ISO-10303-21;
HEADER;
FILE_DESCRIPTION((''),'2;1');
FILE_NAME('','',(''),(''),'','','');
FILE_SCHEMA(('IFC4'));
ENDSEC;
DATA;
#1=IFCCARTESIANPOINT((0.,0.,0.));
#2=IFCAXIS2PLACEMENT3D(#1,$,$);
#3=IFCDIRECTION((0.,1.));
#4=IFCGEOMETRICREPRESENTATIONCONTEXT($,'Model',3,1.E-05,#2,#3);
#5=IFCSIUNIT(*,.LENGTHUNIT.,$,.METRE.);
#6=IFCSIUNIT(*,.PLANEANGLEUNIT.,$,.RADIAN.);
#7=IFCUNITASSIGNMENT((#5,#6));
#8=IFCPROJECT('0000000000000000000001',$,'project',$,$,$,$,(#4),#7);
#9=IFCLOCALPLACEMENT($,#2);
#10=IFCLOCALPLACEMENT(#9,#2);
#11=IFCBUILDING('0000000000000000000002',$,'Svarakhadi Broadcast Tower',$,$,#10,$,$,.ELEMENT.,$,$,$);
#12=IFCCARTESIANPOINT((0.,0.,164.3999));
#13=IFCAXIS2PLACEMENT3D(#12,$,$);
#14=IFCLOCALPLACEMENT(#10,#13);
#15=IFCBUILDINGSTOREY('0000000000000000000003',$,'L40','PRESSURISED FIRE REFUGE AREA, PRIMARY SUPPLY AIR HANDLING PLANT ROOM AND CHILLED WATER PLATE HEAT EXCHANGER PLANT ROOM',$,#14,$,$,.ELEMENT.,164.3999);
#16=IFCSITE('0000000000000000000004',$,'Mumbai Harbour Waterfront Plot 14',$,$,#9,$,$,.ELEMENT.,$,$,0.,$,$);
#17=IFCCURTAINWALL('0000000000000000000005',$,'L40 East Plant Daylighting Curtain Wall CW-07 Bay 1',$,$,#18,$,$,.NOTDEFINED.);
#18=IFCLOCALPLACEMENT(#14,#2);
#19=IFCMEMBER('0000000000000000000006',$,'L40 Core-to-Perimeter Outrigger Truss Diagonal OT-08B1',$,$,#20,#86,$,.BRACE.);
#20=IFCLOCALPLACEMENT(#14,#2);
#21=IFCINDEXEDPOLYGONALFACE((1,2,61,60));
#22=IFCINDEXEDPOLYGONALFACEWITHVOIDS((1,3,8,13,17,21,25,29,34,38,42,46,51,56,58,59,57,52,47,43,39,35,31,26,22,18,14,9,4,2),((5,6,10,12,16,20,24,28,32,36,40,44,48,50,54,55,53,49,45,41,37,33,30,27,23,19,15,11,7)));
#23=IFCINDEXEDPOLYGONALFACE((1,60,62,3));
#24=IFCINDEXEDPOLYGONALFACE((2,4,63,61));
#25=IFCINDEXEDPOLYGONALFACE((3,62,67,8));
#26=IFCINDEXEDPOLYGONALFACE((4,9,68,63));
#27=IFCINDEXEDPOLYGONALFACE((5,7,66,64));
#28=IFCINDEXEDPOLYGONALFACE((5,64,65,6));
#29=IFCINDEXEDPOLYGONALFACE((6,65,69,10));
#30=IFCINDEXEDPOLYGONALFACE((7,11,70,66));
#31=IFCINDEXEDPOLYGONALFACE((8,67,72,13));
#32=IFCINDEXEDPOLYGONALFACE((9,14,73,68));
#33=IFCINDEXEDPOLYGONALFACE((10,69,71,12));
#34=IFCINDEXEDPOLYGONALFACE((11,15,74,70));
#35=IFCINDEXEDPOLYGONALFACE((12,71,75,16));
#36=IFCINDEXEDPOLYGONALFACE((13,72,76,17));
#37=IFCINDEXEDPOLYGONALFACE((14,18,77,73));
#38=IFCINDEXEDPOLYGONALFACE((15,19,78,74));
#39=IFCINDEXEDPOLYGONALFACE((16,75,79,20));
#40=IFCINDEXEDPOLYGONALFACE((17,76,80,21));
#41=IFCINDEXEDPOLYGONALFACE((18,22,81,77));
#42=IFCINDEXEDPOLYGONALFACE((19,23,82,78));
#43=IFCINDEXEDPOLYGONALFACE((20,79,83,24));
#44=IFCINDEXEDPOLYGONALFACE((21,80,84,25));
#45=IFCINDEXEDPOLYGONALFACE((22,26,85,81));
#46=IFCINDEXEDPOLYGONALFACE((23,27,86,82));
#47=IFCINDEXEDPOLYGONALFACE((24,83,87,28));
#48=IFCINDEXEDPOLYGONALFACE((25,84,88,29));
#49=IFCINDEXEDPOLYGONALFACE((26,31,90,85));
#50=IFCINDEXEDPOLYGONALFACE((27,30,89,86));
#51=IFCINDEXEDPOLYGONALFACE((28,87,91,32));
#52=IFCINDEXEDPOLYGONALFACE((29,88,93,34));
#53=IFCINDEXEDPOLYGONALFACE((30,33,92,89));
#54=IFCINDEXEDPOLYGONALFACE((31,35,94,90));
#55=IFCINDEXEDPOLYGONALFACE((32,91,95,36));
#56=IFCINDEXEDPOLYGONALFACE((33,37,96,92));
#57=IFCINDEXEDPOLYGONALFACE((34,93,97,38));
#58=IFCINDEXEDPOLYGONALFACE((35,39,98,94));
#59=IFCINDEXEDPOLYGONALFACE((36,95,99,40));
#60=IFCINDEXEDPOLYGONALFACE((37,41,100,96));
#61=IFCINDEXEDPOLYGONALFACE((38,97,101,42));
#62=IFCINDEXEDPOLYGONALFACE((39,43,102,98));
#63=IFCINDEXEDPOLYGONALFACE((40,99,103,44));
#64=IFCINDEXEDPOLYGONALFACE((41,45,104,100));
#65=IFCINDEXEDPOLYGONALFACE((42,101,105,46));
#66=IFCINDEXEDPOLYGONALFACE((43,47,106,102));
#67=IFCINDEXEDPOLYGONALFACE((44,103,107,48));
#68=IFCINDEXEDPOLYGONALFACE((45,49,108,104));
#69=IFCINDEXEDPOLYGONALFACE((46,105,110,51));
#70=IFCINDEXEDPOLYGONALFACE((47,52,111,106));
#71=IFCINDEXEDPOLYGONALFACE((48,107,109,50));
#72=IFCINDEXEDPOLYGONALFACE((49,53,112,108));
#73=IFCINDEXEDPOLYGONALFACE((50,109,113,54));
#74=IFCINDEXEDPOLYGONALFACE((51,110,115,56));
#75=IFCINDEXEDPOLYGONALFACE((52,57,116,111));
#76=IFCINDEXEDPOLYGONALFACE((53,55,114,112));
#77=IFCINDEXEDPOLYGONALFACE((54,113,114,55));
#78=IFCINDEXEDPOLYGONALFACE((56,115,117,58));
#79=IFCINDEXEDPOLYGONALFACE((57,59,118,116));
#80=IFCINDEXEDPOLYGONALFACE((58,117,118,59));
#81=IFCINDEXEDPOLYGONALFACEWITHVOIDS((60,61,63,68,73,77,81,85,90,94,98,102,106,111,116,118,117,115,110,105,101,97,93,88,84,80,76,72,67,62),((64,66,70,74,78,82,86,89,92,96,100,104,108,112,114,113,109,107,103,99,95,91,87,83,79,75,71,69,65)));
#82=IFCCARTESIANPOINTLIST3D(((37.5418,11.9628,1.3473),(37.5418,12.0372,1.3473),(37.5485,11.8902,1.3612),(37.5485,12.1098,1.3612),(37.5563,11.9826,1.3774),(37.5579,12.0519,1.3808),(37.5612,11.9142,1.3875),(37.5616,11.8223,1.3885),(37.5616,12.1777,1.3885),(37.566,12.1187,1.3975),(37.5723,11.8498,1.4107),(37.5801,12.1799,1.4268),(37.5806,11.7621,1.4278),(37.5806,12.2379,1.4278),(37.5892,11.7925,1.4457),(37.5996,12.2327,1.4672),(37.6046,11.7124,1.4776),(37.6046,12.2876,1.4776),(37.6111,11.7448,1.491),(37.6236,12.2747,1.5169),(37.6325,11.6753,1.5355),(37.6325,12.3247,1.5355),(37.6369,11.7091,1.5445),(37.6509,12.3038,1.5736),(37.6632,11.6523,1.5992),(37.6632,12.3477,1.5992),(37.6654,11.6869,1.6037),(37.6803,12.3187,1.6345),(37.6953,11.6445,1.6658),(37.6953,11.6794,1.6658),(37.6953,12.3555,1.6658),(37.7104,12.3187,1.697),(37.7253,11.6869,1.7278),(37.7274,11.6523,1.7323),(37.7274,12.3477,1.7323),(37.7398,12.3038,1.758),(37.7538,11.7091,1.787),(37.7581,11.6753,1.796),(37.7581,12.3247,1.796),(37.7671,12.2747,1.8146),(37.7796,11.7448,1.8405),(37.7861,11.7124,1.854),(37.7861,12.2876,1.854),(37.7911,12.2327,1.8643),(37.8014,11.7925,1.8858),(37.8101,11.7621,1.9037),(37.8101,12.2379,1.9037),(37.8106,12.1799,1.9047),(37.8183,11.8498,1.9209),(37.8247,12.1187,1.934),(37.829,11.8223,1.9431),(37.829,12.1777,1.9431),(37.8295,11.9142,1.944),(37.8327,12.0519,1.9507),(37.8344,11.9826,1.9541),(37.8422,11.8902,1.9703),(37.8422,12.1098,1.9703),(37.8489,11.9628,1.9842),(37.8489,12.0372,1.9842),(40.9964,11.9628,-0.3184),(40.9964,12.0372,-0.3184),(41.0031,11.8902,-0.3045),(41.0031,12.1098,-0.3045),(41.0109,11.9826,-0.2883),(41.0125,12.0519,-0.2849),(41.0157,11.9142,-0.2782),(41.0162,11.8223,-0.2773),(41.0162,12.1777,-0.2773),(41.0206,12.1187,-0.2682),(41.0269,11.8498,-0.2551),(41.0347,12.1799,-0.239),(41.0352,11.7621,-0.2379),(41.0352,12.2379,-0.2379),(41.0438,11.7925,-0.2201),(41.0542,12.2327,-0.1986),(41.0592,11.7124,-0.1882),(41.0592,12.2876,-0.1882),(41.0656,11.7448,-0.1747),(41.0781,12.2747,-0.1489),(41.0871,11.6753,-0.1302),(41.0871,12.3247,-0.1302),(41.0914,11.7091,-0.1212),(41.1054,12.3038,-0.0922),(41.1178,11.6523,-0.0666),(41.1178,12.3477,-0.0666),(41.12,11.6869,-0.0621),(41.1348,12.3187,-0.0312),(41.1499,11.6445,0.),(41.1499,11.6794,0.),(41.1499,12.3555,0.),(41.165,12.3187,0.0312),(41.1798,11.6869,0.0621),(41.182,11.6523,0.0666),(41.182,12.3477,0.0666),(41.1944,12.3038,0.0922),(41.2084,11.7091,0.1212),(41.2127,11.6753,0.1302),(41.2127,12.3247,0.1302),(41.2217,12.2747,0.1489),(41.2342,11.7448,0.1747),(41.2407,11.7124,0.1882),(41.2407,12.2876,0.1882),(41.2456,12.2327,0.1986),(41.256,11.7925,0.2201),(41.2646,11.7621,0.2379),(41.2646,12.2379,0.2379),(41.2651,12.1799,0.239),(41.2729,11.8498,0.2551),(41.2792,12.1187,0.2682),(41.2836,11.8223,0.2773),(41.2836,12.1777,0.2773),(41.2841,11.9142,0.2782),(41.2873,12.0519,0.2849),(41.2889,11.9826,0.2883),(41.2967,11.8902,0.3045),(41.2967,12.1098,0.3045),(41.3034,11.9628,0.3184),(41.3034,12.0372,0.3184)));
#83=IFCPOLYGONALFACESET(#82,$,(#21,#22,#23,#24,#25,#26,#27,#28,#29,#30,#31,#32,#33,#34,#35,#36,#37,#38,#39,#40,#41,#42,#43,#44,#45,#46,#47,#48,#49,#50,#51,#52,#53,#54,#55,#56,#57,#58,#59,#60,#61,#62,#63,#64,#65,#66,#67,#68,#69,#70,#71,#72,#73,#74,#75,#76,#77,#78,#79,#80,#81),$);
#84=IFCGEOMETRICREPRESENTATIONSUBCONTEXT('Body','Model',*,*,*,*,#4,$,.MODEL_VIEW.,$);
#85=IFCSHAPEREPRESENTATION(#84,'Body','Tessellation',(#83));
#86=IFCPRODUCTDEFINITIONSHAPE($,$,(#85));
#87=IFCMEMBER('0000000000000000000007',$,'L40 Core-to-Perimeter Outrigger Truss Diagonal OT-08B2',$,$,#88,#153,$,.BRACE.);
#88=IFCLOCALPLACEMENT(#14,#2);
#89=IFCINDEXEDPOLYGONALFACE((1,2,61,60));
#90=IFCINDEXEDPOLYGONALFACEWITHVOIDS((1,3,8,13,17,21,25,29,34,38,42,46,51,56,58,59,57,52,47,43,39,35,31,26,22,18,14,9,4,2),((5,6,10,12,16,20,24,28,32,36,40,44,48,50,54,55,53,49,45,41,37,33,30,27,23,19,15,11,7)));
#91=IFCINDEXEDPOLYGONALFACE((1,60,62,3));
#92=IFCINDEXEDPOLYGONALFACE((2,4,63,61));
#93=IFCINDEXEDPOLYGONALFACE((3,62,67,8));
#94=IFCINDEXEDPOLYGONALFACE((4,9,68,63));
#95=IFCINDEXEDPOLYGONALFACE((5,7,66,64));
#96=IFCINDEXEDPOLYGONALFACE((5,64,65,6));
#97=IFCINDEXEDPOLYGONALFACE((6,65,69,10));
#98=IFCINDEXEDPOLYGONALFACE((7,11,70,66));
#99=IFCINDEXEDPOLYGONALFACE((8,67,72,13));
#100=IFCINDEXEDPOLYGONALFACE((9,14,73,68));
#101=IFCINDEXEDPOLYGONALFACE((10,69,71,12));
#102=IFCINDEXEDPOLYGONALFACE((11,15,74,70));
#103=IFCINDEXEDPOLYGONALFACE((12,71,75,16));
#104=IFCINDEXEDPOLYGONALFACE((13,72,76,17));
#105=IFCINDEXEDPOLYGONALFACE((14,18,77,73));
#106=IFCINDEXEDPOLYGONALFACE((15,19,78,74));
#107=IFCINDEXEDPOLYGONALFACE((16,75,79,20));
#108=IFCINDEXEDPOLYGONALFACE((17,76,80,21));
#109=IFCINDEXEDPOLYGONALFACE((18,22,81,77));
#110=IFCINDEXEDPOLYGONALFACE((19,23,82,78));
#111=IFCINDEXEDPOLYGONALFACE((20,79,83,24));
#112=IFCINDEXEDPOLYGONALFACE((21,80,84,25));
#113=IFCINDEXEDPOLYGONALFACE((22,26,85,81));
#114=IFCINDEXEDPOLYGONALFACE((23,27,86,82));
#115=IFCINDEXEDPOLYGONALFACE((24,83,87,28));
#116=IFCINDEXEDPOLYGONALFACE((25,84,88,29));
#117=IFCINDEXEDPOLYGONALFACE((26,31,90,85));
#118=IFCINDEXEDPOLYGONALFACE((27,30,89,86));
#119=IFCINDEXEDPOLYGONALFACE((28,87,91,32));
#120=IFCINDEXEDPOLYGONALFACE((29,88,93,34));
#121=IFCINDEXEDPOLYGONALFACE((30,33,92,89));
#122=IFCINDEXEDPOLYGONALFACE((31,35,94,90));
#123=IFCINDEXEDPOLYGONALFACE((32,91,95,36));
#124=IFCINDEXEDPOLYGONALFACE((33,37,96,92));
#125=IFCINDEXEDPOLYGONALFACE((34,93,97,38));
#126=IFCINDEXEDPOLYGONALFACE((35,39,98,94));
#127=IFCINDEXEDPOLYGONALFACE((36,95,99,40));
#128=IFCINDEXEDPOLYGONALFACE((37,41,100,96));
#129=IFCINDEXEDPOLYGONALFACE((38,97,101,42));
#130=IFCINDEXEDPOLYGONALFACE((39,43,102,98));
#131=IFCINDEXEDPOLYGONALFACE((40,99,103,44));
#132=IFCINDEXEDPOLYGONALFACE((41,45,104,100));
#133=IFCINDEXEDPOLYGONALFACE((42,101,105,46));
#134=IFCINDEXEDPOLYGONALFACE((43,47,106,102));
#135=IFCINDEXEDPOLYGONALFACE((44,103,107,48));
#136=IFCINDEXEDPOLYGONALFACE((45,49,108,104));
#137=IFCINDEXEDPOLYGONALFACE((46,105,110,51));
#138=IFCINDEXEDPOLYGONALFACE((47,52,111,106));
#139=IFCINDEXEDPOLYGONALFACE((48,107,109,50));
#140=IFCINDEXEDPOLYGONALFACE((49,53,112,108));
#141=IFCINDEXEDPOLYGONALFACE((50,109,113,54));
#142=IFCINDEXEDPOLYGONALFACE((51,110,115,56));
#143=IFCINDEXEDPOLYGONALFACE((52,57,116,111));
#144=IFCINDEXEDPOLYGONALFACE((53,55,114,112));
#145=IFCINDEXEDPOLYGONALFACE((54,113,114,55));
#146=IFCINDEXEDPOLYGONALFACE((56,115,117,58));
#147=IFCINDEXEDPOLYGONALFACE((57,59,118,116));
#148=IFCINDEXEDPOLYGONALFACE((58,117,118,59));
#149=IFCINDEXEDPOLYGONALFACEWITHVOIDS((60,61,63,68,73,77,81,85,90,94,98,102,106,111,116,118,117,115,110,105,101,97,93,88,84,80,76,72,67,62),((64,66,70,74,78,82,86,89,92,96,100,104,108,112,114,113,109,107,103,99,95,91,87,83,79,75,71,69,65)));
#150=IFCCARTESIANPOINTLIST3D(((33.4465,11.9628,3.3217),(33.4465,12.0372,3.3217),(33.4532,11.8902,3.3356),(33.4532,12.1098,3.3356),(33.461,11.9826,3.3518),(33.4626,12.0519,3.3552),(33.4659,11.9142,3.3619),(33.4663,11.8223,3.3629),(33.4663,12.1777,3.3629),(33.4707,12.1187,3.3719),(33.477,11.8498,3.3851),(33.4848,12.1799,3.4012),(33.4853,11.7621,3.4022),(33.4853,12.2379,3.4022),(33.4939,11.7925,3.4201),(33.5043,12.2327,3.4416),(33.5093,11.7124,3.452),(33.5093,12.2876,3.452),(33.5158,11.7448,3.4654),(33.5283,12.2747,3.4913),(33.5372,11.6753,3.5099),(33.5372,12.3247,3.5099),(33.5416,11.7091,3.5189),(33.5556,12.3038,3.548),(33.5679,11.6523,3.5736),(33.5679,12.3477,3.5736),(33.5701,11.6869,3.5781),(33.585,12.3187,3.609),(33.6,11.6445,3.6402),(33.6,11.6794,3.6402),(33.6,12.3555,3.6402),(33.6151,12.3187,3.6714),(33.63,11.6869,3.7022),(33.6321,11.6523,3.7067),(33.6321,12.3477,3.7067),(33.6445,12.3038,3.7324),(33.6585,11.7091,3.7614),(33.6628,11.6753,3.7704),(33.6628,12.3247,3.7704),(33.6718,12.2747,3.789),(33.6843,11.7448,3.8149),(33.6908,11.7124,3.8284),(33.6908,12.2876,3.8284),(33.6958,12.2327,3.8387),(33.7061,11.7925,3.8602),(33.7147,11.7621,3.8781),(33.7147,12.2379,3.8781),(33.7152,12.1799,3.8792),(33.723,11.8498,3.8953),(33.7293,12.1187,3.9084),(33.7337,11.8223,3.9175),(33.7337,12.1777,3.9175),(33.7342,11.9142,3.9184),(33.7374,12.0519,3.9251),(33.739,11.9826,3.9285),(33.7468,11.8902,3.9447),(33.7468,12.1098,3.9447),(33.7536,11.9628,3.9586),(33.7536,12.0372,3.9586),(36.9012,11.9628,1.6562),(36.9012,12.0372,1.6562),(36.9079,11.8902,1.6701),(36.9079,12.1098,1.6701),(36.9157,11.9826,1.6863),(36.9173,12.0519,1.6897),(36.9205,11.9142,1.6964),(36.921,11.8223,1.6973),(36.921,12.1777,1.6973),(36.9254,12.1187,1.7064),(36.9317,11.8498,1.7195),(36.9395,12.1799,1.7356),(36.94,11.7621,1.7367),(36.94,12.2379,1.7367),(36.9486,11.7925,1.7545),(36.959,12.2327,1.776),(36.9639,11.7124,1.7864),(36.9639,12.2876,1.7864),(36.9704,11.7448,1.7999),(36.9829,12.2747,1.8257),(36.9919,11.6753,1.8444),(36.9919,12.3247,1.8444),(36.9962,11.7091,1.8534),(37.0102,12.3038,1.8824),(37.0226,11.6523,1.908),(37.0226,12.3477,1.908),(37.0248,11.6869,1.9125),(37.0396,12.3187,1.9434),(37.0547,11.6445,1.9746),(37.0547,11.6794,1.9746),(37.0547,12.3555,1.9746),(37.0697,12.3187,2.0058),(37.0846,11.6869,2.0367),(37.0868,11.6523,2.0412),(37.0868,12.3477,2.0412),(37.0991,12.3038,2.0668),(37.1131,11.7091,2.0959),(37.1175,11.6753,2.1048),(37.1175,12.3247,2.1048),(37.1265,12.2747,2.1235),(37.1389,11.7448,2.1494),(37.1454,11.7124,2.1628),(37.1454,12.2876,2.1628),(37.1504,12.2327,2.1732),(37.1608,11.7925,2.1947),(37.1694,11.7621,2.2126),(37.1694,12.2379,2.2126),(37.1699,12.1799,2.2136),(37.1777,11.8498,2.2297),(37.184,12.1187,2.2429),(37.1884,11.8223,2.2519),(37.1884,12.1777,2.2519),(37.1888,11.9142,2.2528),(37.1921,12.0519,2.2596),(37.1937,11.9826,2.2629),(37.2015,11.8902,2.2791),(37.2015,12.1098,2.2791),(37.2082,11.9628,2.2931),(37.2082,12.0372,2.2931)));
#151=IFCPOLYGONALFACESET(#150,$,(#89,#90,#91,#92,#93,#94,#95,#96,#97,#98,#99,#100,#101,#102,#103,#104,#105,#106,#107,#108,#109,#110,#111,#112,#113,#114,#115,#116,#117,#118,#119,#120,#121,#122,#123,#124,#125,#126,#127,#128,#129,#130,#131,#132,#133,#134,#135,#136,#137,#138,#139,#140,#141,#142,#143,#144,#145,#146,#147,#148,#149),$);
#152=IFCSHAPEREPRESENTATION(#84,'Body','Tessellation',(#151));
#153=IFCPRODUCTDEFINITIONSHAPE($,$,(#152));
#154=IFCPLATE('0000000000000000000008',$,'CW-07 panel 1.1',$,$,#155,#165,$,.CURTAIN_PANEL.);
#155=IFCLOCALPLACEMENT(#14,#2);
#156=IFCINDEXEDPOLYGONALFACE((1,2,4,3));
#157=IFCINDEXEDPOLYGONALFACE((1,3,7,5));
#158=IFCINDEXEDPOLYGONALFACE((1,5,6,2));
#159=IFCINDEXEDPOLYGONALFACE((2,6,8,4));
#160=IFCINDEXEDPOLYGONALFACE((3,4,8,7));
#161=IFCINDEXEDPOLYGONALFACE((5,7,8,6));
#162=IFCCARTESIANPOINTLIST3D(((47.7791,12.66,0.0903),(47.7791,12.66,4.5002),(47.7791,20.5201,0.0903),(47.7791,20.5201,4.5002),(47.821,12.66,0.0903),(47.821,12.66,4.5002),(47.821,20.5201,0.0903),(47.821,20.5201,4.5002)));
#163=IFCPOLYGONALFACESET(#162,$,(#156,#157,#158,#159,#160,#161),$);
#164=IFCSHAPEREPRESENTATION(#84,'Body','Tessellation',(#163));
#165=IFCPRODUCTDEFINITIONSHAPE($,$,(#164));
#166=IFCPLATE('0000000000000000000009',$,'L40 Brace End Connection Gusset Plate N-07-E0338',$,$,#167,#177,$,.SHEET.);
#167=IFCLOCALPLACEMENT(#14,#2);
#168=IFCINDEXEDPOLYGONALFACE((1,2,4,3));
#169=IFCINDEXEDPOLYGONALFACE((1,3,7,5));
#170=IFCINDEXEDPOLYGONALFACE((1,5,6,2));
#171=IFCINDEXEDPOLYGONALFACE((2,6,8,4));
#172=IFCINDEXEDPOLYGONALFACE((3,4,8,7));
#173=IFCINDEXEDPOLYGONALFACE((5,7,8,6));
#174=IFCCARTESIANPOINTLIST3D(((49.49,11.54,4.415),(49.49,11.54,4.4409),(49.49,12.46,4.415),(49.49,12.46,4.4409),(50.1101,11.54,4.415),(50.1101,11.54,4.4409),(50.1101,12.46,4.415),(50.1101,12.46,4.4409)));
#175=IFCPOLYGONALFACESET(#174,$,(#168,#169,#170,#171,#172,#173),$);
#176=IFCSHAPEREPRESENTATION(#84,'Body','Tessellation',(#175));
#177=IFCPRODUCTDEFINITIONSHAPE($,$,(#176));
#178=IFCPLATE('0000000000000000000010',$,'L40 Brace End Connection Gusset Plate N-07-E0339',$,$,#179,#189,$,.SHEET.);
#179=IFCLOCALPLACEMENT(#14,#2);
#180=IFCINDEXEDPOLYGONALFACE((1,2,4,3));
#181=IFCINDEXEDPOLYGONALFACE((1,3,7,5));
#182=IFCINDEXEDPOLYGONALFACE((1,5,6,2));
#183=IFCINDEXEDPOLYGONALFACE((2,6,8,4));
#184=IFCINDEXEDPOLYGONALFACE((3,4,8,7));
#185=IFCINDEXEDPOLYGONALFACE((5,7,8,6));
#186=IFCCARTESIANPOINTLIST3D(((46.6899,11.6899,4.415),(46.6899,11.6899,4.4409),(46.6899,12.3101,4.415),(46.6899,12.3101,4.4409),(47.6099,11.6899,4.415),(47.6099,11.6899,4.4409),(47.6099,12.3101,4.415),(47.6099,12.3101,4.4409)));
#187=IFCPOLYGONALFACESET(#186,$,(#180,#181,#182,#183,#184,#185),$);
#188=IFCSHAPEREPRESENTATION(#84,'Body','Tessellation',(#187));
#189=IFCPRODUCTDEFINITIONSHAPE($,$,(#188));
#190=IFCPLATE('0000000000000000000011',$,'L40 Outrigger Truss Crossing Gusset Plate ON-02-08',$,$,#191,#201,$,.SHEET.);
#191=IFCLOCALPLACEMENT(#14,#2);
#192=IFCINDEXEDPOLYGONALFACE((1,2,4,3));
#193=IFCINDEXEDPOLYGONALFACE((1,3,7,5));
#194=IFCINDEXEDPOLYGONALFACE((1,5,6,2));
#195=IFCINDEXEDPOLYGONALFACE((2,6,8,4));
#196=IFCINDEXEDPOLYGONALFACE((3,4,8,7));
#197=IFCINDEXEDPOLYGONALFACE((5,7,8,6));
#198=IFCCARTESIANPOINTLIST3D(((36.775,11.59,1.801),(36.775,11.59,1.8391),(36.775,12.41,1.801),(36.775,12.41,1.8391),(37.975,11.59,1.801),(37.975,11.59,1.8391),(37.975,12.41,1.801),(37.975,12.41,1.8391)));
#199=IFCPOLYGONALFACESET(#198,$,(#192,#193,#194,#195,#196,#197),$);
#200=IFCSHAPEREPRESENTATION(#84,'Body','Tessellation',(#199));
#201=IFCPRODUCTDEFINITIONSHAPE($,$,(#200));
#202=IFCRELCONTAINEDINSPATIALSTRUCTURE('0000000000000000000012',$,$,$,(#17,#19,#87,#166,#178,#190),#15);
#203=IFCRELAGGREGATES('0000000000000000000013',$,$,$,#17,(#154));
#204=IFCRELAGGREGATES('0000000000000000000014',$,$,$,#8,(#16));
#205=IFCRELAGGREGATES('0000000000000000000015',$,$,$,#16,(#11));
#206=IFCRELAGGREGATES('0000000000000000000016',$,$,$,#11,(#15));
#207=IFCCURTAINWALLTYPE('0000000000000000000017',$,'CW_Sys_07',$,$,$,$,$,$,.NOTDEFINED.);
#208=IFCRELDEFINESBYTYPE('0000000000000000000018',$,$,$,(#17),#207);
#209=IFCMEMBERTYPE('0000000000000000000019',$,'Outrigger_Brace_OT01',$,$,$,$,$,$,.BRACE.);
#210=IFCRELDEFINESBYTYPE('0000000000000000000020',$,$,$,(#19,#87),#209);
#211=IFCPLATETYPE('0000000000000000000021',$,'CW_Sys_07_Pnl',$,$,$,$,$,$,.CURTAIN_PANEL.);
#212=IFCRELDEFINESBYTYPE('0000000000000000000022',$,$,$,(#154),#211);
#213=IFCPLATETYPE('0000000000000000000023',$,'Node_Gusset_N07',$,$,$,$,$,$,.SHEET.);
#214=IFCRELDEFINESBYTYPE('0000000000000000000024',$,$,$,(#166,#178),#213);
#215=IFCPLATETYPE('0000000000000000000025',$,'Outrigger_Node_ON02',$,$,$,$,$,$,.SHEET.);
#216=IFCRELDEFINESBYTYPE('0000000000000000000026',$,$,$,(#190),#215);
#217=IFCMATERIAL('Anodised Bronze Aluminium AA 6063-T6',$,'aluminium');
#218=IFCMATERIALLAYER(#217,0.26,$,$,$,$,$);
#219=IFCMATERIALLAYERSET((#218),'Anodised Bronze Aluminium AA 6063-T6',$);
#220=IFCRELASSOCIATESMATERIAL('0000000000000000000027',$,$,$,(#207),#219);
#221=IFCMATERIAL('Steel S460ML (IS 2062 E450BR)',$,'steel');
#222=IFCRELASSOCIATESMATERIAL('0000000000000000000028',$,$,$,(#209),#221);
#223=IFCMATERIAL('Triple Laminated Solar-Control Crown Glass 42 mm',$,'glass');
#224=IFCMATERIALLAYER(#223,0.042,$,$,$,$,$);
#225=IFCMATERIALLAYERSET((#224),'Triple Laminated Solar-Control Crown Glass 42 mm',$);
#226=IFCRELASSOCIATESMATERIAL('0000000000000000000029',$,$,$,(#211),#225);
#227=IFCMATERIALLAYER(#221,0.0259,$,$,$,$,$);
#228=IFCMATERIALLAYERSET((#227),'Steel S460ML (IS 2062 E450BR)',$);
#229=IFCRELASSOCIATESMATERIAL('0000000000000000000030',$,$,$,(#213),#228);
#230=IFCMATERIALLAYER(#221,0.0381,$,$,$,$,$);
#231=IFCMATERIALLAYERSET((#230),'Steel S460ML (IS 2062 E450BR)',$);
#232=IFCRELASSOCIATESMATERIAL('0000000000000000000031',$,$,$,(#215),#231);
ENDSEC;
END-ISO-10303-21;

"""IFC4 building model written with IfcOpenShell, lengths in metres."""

from ifc_helpers import new_model, si_unit, direction, frame, origin, origin_2d, place, context, subcontext, project, spatial, rectangle, hollow_circle, extrude, material, layer, layer_set, material_profile, profile_set, type_object, element, aggregate, save


model = new_model("IFC4")

# Units and contexts
model_context = context("Model", 3, precision=1e-05, world=origin(), true_north=direction((0.0, 1.0)))
body_context = subcontext(model_context, "Body", "Model", "MODEL_VIEW")
ifc_project = project(units=[si_unit("LENGTHUNIT", "METRE"), si_unit("PLANEANGLEUNIT", "RADIAN")], contexts=[model_context])

# Site, building, storey
site_placement = place(None, origin())
site = spatial("IfcSite", under=ifc_project, at=site_placement, Name="Mumbai Harbour Waterfront Plot 14", CompositionType="ELEMENT", RefElevation=0.0)
building_placement = place(site_placement, origin())
building = spatial("IfcBuilding", under=site, at=building_placement, Name="Svarakhadi Broadcast Tower", CompositionType="ELEMENT")
storey_placement = place(building_placement, frame((0.0, 0.0, 164.3999)))
storey = spatial("IfcBuildingStorey", under=building, at=storey_placement, Name="L40", Description="PRESSURISED FIRE REFUGE AREA, PRIMARY SUPPLY AIR HANDLING PLANT ROOM AND CHILLED WATER PLATE HEAT EXCHANGER PLANT ROOM", CompositionType="ELEMENT", Elevation=164.3999)

# Shared definitions
ifc_material_1 = material(Name="Steel S460ML (IS 2062 E450BR)", Category="steel")

# Curtain wall
ifc_material_2 = material(Name="Anodised Bronze Aluminium AA 6063-T6", Category="aluminium")
ifc_layer_1 = layer(ifc_material_2, 0.26)
ifc_layer_set_1 = layer_set([ifc_layer_1], Name="Anodised Bronze Aluminium AA 6063-T6")
curtain_wall_type = type_object("IfcCurtainWallType", Name="CW_Sys_07", PredefinedType="NOTDEFINED", material=ifc_layer_set_1)
curtain_wall_1_placement = place(storey_placement, origin())
curtain_wall_1 = element("IfcCurtainWall", 1, at=curtain_wall_1_placement, inside=storey, type_object=curtain_wall_type, Name="L40 East Plant Daylighting Curtain Wall CW-07 Bay 1", PredefinedType="NOTDEFINED")

# Members
ifc_material_profile_1 = material_profile(ifc_material_1, hollow_circle(Radius=0.3555, WallThickness=0.0349, at=origin_2d()), Name="CHS 711x35")
ifc_profile_set_1 = profile_set([ifc_material_profile_1], Name="Steel S460ML (IS 2062 E450BR)")
member_type_1 = type_object("IfcMemberType", Name="Outrigger_Brace_OT01", PredefinedType="BRACE", material=ifc_profile_set_1)
for number, where, z_axis, x_axis, name in (
    (2, (41.1499, 12.0, 0.0), (-0.900752, 0.0, 0.434334), (0.0, -1.0, 0.0), "L40 Core-to-Perimeter Outrigger Truss Diagonal OT-08B1"),
    (3, (37.0547, 12.0, 1.9746), (-0.900777, 0.0, 0.434283), (0.0, -1.0, 0.0), "L40 Core-to-Perimeter Outrigger Truss Diagonal OT-08B2"),
):
    element("IfcMember", number, at=place(storey_placement, frame(where, z_axis=z_axis, x_axis=x_axis)), inside=storey, type_object=member_type_1, Name=name, PredefinedType="BRACE", context=body_context, shape_type="SweptSolid", body=[
        extrude(hollow_circle(Radius=0.3555, WallThickness=0.0349, at=origin_2d()), origin(), (0.0, 0.0, 1.0), 3.8352),
    ])

# Plate
ifc_material_3 = material(Name="Triple Laminated Solar-Control Crown Glass 42 mm", Category="glass")
ifc_layer_2 = layer(ifc_material_3, 0.042)
ifc_layer_set_2 = layer_set([ifc_layer_2], Name="Triple Laminated Solar-Control Crown Glass 42 mm")
plate_type_1 = type_object("IfcPlateType", Name="CW_Sys_07_Pnl", PredefinedType="CURTAIN_PANEL", material=ifc_layer_set_2)
plate_placement = place(storey_placement, frame((47.8, 16.5901, 0.0903), z_axis=(0.0, 0.0, 1.0), x_axis=(0.0, -1.0, 0.0)))
plate = element("IfcPlate", 4, at=plate_placement, type_object=plate_type_1, Name="CW-07 panel 1.1", PredefinedType="CURTAIN_PANEL", context=body_context, shape_type="SweptSolid", body=[
    extrude(rectangle(XDim=7.8601, YDim=0.042, at=origin_2d()), origin(), (0.0, 0.0, 1.0), 4.4099),
])
aggregate(curtain_wall_1, [plate])

# Plates
ifc_layer_3 = layer(ifc_material_1, 0.0259)
ifc_layer_set_3 = layer_set([ifc_layer_3], Name="Steel S460ML (IS 2062 E450BR)")
plate_type_2 = type_object("IfcPlateType", Name="Node_Gusset_N07", PredefinedType="SHEET", material=ifc_layer_set_3)
for number, where, z_axis, x_axis, name in (
    (5, (49.8, 12.0, 4.415), (0.0, 0.0, 1.0), (0.0, 1.0, 0.0), "L40 Brace End Connection Gusset Plate N-07-E0338"),
    (6, (47.1499, 12.0, 4.415), (0.0, 0.0, 1.0), (1.0, 0.0, 0.0), "L40 Brace End Connection Gusset Plate N-07-E0339"),
):
    element("IfcPlate", number, at=place(storey_placement, frame(where, z_axis=z_axis, x_axis=x_axis)), inside=storey, type_object=plate_type_2, Name=name, PredefinedType="SHEET", context=body_context, shape_type="SweptSolid", body=[
        extrude(rectangle(XDim=0.9199, YDim=0.6201, at=origin_2d()), origin(), (0.0, 0.0, 1.0), 0.0259),
    ])
ifc_layer_4 = layer(ifc_material_1, 0.0381)
ifc_layer_set_4 = layer_set([ifc_layer_4], Name="Steel S460ML (IS 2062 E450BR)")
plate_type_3 = type_object("IfcPlateType", Name="Outrigger_Node_ON02", PredefinedType="SHEET", material=ifc_layer_set_4)
for number, where, z_axis, x_axis, name in (
    (7, (37.375, 12.0, 1.801), (0.0, 0.0, 1.0), (1.0, 0.0, 0.0), "L40 Outrigger Truss Crossing Gusset Plate ON-02-08"),
):
    element("IfcPlate", number, at=place(storey_placement, frame(where, z_axis=z_axis, x_axis=x_axis)), inside=storey, type_object=plate_type_3, Name=name, PredefinedType="SHEET", context=body_context, shape_type="SweptSolid", body=[
        extrude(rectangle(XDim=1.2, YDim=0.8201, at=origin_2d()), origin(), (0.0, 0.0, 1.0), 0.0381),
    ])

save(model, "model.ifc")
